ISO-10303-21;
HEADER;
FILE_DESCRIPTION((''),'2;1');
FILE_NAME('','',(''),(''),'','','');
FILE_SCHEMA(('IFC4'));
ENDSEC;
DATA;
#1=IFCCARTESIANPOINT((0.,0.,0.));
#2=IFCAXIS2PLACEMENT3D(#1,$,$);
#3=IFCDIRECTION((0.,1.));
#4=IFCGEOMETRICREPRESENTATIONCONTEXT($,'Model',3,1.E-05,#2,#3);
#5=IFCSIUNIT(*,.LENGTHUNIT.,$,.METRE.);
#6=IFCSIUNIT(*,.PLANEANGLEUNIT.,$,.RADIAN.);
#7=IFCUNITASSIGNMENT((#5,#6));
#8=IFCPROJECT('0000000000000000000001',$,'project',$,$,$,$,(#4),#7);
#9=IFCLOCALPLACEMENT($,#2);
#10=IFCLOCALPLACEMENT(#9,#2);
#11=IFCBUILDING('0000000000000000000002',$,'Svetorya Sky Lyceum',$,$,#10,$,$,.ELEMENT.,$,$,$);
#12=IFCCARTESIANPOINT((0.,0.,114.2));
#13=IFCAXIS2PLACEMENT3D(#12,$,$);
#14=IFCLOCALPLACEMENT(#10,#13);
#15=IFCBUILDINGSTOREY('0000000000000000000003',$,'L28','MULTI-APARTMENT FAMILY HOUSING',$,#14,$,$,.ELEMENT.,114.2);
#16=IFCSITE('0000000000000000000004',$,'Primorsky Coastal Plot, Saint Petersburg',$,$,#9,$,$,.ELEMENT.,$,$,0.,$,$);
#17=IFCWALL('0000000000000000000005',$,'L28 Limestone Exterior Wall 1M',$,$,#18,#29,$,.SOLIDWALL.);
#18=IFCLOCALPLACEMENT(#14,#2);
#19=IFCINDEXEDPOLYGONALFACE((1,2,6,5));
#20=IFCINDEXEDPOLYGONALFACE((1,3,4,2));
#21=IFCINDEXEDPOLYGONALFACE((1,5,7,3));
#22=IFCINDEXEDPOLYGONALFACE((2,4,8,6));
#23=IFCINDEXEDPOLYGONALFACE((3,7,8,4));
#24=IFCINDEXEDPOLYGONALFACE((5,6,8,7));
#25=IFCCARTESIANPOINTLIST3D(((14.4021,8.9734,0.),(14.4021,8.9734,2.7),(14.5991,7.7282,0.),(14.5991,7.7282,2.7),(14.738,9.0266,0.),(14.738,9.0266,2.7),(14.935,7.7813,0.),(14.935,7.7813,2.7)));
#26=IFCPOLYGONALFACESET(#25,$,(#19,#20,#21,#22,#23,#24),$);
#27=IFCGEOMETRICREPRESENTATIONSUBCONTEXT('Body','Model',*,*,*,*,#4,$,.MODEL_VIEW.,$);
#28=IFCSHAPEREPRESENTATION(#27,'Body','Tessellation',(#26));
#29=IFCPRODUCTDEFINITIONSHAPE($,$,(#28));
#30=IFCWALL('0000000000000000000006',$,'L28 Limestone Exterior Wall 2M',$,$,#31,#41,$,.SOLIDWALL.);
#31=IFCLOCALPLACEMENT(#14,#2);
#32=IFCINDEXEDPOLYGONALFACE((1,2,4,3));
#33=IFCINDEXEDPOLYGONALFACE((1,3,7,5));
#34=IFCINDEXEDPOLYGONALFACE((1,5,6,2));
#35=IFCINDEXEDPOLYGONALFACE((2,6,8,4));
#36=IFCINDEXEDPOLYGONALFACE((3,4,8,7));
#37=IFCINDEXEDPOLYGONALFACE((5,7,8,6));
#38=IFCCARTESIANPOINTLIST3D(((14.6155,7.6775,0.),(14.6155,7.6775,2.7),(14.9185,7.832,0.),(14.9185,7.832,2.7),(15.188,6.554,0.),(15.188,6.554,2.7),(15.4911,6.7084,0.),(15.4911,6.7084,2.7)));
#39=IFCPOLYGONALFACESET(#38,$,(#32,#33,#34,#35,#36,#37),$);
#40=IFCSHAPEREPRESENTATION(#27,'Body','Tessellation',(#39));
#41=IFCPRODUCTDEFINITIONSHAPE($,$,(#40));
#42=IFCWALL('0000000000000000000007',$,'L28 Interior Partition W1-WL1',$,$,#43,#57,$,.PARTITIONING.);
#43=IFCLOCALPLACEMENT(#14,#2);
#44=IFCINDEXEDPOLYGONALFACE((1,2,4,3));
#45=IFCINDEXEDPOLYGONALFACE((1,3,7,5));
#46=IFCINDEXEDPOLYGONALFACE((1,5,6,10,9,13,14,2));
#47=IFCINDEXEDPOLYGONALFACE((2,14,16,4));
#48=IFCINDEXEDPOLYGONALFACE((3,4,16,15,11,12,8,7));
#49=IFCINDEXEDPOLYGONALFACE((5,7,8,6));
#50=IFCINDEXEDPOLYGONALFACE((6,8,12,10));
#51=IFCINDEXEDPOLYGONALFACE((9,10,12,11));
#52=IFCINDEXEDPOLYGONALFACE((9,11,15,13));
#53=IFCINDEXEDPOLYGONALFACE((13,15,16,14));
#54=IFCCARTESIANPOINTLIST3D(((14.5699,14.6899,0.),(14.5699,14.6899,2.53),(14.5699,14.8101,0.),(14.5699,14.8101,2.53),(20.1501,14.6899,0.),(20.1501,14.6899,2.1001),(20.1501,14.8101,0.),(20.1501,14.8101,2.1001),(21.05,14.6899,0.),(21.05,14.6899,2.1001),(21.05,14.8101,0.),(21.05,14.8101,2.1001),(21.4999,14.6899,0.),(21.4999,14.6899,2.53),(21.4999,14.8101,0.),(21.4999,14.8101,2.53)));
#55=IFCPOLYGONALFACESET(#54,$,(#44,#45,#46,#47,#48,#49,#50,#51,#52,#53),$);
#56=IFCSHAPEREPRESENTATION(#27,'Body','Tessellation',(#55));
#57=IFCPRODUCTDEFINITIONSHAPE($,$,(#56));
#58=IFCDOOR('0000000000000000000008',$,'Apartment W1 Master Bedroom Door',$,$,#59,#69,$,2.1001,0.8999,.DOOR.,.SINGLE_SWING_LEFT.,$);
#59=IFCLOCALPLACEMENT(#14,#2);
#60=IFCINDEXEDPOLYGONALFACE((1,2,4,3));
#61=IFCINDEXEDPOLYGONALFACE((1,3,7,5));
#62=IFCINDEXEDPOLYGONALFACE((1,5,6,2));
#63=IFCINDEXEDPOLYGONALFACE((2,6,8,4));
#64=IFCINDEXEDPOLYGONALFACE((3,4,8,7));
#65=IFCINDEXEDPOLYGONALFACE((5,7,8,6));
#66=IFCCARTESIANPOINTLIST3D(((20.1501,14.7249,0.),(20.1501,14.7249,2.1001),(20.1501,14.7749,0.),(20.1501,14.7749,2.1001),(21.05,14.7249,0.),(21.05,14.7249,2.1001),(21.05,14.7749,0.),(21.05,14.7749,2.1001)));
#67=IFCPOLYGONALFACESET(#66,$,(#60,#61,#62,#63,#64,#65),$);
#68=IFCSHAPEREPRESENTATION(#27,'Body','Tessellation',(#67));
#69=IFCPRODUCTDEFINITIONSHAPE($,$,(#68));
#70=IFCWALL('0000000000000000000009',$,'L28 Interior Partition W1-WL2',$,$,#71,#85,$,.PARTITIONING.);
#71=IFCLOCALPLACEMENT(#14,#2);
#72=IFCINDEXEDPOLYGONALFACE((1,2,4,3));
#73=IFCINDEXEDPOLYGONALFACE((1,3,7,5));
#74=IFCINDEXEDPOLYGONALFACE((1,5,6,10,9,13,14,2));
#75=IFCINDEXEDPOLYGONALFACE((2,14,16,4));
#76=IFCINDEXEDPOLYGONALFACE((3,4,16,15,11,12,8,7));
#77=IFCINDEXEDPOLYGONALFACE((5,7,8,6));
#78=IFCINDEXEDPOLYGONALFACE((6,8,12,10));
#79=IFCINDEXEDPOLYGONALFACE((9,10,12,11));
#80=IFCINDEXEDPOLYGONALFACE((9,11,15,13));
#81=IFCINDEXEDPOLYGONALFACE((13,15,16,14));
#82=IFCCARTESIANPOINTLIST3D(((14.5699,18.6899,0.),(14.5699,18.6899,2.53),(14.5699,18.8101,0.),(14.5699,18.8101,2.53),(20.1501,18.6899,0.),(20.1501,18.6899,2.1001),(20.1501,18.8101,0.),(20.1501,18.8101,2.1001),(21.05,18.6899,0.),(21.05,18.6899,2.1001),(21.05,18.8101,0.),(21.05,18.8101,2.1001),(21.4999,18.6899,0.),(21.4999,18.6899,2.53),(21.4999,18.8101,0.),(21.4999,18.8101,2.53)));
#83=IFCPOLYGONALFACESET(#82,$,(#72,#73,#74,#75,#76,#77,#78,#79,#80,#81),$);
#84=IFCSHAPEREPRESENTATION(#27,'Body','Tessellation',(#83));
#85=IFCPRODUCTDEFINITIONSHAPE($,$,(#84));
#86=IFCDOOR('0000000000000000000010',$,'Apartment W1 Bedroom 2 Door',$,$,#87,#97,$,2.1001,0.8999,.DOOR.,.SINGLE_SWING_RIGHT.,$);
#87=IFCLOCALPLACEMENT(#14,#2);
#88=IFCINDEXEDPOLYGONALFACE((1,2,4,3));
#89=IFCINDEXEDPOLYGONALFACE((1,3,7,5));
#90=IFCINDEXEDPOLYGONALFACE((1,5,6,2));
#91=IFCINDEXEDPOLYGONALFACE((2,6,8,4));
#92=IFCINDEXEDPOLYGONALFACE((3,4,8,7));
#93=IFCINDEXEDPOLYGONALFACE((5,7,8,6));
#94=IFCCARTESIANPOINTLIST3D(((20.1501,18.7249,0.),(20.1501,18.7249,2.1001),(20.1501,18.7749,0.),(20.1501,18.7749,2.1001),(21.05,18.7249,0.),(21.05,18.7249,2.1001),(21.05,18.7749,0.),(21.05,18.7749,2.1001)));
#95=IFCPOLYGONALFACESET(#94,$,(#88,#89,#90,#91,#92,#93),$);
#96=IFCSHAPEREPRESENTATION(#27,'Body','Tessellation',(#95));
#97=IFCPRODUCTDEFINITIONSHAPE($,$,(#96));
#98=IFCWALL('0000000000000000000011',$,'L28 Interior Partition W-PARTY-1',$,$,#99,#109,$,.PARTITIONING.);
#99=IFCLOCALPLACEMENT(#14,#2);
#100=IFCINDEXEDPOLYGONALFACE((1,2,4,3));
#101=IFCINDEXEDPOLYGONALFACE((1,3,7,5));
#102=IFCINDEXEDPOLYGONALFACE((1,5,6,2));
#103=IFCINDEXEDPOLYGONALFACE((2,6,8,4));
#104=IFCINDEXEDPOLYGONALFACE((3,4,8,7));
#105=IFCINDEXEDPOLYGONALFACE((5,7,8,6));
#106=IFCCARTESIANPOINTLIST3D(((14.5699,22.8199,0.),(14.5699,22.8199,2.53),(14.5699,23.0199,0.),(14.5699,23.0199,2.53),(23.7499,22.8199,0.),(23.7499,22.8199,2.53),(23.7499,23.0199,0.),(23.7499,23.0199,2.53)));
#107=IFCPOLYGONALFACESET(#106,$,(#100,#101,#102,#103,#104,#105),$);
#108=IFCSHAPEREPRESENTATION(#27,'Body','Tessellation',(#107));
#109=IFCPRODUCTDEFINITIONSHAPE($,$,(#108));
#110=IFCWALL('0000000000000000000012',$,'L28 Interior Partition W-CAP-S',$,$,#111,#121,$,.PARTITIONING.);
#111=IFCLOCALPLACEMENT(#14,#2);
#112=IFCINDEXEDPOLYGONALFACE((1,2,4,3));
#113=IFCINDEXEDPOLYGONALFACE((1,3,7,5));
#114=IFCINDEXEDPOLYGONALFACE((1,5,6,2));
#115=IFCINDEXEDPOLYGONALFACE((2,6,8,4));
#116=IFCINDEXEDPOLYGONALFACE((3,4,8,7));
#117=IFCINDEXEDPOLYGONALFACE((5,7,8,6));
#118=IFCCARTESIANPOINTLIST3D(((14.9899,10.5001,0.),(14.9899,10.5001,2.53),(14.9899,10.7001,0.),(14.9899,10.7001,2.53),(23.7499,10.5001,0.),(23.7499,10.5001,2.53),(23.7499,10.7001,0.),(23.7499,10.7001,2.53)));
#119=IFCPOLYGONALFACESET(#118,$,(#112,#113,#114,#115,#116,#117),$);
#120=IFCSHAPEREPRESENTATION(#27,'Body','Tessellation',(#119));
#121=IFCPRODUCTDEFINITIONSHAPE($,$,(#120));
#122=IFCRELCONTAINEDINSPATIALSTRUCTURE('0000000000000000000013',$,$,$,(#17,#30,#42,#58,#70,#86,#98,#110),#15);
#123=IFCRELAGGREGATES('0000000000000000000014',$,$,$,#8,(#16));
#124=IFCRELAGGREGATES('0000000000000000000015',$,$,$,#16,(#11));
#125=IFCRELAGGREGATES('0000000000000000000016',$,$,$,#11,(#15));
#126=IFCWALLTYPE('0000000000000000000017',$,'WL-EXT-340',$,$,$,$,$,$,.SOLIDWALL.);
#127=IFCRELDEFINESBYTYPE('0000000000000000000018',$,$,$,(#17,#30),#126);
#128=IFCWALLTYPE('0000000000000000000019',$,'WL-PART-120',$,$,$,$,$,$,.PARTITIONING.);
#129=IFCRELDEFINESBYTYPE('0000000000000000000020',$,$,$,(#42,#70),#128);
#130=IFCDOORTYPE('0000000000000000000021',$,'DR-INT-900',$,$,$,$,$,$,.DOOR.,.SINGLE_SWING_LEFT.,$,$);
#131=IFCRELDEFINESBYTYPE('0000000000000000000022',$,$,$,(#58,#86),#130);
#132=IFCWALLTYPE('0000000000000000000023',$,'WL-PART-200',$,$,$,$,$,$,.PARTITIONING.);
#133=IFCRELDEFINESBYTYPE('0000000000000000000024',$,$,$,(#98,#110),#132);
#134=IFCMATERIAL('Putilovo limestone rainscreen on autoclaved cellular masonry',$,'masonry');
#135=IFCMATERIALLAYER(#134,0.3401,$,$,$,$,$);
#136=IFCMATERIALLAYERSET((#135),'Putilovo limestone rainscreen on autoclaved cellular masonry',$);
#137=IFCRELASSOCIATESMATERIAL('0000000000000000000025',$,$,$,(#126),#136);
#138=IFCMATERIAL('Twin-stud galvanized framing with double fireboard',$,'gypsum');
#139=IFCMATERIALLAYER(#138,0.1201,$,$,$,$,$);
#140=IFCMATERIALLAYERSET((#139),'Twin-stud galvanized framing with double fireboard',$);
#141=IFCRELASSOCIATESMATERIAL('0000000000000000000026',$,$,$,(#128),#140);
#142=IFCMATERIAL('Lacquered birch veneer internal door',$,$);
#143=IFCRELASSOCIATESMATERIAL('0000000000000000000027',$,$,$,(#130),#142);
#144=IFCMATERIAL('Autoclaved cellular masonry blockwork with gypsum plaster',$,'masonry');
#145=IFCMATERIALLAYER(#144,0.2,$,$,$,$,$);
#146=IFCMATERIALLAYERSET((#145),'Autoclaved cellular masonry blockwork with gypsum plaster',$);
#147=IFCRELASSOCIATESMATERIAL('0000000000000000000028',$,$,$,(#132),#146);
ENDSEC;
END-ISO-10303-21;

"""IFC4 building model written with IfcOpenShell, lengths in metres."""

from ifc_helpers import new_model, si_unit, direction, frame, frame_2d, origin, place, context, subcontext, project, spatial, rectangle, extrude, material, layer, layer_set, type_object, element, fill, save


model = new_model("IFC4")

# Units and contexts
model_context = context("Model", 3, precision=1e-05, world=origin(), true_north=direction((0.0, 1.0)))
body_context = subcontext(model_context, "Body", "Model", "MODEL_VIEW")
ifc_project = project(units=[si_unit("LENGTHUNIT", "METRE"), si_unit("PLANEANGLEUNIT", "RADIAN")], contexts=[model_context])

# Site, building, storey
site_placement = place(None, origin())
site = spatial("IfcSite", under=ifc_project, at=site_placement, Name="Primorsky Coastal Plot, Saint Petersburg", CompositionType="ELEMENT", RefElevation=0.0)
building_placement = place(site_placement, origin())
building = spatial("IfcBuilding", under=site, at=building_placement, Name="Svetorya Sky Lyceum", CompositionType="ELEMENT")
storey_placement = place(building_placement, frame((0.0, 0.0, 114.2)))
storey = spatial("IfcBuildingStorey", under=building, at=storey_placement, Name="L28", Description="MULTI-APARTMENT FAMILY HOUSING", CompositionType="ELEMENT", Elevation=114.2)

# Walls
ifc_material_1 = material(Name="Putilovo limestone rainscreen on autoclaved cellular masonry", Category="masonry")
ifc_layer_1 = layer(ifc_material_1, 0.3401)
ifc_layer_set_1 = layer_set([ifc_layer_1], Name="Putilovo limestone rainscreen on autoclaved cellular masonry")
wall_type_1 = type_object("IfcWallType", Name="WL-EXT-340", PredefinedType="SOLIDWALL", material=ifc_layer_set_1)
wall_1_placement = place(storey_placement, frame((14.5701, 9.0, 0.0), z_axis=(0.0, 0.0, 1.0), x_axis=(0.156261, -0.987716, 0.0)))
element("IfcWall", 1, at=wall_1_placement, inside=storey, type_object=wall_type_1, Name="L28 Limestone Exterior Wall 1M", PredefinedType="SOLIDWALL", context=body_context, shape_type="SweptSolid", body=[
    extrude(rectangle(XDim=1.2607, YDim=0.3401, at=frame_2d((0.6304, 0.0))), origin(), (0.0, 0.0, 1.0), 2.7),
])
wall_2_placement = place(storey_placement, frame((14.7671, 7.7546, 0.0), z_axis=(0.0, 0.0, 1.0), x_axis=(0.454016, -0.890994, 0.0)))
element("IfcWall", 2, at=wall_2_placement, inside=storey, type_object=wall_type_1, Name="L28 Limestone Exterior Wall 2M", PredefinedType="SOLIDWALL", context=body_context, shape_type="SweptSolid", body=[
    extrude(rectangle(XDim=1.261, YDim=0.3401, at=frame_2d((0.6304, 0.0))), origin(), (0.0, 0.0, 1.0), 2.7),
])

# Walls, openings, doors
ifc_material_2 = material(Name="Twin-stud galvanized framing with double fireboard", Category="gypsum")
ifc_layer_2 = layer(ifc_material_2, 0.1201)
ifc_layer_set_2 = layer_set([ifc_layer_2], Name="Twin-stud galvanized framing with double fireboard")
wall_type_2 = type_object("IfcWallType", Name="WL-PART-120", PredefinedType="PARTITIONING", material=ifc_layer_set_2)
wall_3_placement = place(storey_placement, frame((14.5701, 14.75, 0.0), z_axis=(0.0, 0.0, 1.0), x_axis=(1.0, 0.0, 0.0)))
wall_3 = element("IfcWall", 3, at=wall_3_placement, inside=storey, type_object=wall_type_2, Name="L28 Interior Partition W1-WL1", PredefinedType="PARTITIONING", context=body_context, shape_type="SweptSolid", body=[
    extrude(rectangle(XDim=6.9299, YDim=0.1201, at=frame_2d((3.4648, 0.0))), origin(), (0.0, 0.0, 1.0), 2.53),
])
opening_1_placement = place(wall_3_placement, frame((5.5801, 0.0, 0.0)))
opening_1 = element("IfcOpeningElement", 4, at=opening_1_placement, cuts=wall_3, PredefinedType="OPENING", context=body_context, shape_type="SweptSolid", body=[
    extrude(rectangle(XDim=0.8999, YDim=2.1001, at=frame_2d((0.45, 1.05))), frame((0.0, 0.0701, 0.0), z_axis=(0.0, -1.0, 0.0), x_axis=(1.0, 0.0, 0.0)), (0.0, 0.0, 1.0), 0.1401),
])
ifc_material_3 = material(Name="Lacquered birch veneer internal door")
door_type = type_object("IfcDoorType", Name="DR-INT-900", OperationType="SINGLE_SWING_LEFT", PredefinedType="DOOR", material=ifc_material_3)
door_1_placement = place(opening_1_placement, origin())
door_1 = element("IfcDoor", 5, at=door_1_placement, inside=storey, type_object=door_type, Name="Apartment W1 Master Bedroom Door", OperationType="SINGLE_SWING_LEFT", OverallHeight=2.1001, OverallWidth=0.8999, PredefinedType="DOOR", context=body_context, shape_type="SweptSolid", body=[
    extrude(rectangle(XDim=0.8999, YDim=2.1001, at=frame_2d((0.45, 1.05))), frame((0.0, 0.0249, 0.0), z_axis=(0.0, -1.0, 0.0), x_axis=(1.0, 0.0, 0.0)), (0.0, 0.0, 1.0), 0.05),
])
fill(opening_1, door_1)
wall_4_placement = place(storey_placement, frame((14.5701, 18.75, 0.0), z_axis=(0.0, 0.0, 1.0), x_axis=(1.0, 0.0, 0.0)))
wall_4 = element("IfcWall", 6, at=wall_4_placement, inside=storey, type_object=wall_type_2, Name="L28 Interior Partition W1-WL2", PredefinedType="PARTITIONING", context=body_context, shape_type="SweptSolid", body=[
    extrude(rectangle(XDim=6.9299, YDim=0.1201, at=frame_2d((3.4648, 0.0))), origin(), (0.0, 0.0, 1.0), 2.53),
])
opening_2_placement = place(wall_4_placement, frame((5.5801, 0.0, 0.0)))
opening_2 = element("IfcOpeningElement", 7, at=opening_2_placement, cuts=wall_4, PredefinedType="OPENING", context=body_context, shape_type="SweptSolid", body=[
    extrude(rectangle(XDim=0.8999, YDim=2.1001, at=frame_2d((0.45, 1.05))), frame((0.0, 0.0701, 0.0), z_axis=(0.0, -1.0, 0.0), x_axis=(1.0, 0.0, 0.0)), (0.0, 0.0, 1.0), 0.1401),
])
door_2_placement = place(opening_2_placement, origin())
door_2 = element("IfcDoor", 8, at=door_2_placement, inside=storey, type_object=door_type, Name="Apartment W1 Bedroom 2 Door", OperationType="SINGLE_SWING_RIGHT", OverallHeight=2.1001, OverallWidth=0.8999, PredefinedType="DOOR", context=body_context, shape_type="SweptSolid", body=[
    extrude(rectangle(XDim=0.8999, YDim=2.1001, at=frame_2d((0.45, 1.05))), frame((0.0, 0.0249, 0.0), z_axis=(0.0, -1.0, 0.0), x_axis=(1.0, 0.0, 0.0)), (0.0, 0.0, 1.0), 0.05),
])
fill(opening_2, door_2)

# Walls
ifc_material_4 = material(Name="Autoclaved cellular masonry blockwork with gypsum plaster", Category="masonry")
ifc_layer_3 = layer(ifc_material_4, 0.2)
ifc_layer_set_3 = layer_set([ifc_layer_3], Name="Autoclaved cellular masonry blockwork with gypsum plaster")
wall_type_3 = type_object("IfcWallType", Name="WL-PART-200", PredefinedType="PARTITIONING", material=ifc_layer_set_3)
wall_5_placement = place(storey_placement, frame((14.5701, 22.9199, 0.0), z_axis=(0.0, 0.0, 1.0), x_axis=(1.0, 0.0, 0.0)))
element("IfcWall", 9, at=wall_5_placement, inside=storey, type_object=wall_type_3, Name="L28 Interior Partition W-PARTY-1", PredefinedType="PARTITIONING", context=body_context, shape_type="SweptSolid", body=[
    extrude(rectangle(XDim=9.1799, YDim=0.2, at=frame_2d((4.5898, 0.0))), origin(), (0.0, 0.0, 1.0), 2.53),
])
wall_6_placement = place(storey_placement, frame((14.99, 10.6001, 0.0), z_axis=(0.0, 0.0, 1.0), x_axis=(1.0, 0.0, 0.0)))
element("IfcWall", 10, at=wall_6_placement, inside=storey, type_object=wall_type_3, Name="L28 Interior Partition W-CAP-S", PredefinedType="PARTITIONING", context=body_context, shape_type="SweptSolid", body=[
    extrude(rectangle(XDim=8.76, YDim=0.2, at=frame_2d((4.3799, 0.0))), origin(), (0.0, 0.0, 1.0), 2.53),
])

save(model, "model.ifc")
